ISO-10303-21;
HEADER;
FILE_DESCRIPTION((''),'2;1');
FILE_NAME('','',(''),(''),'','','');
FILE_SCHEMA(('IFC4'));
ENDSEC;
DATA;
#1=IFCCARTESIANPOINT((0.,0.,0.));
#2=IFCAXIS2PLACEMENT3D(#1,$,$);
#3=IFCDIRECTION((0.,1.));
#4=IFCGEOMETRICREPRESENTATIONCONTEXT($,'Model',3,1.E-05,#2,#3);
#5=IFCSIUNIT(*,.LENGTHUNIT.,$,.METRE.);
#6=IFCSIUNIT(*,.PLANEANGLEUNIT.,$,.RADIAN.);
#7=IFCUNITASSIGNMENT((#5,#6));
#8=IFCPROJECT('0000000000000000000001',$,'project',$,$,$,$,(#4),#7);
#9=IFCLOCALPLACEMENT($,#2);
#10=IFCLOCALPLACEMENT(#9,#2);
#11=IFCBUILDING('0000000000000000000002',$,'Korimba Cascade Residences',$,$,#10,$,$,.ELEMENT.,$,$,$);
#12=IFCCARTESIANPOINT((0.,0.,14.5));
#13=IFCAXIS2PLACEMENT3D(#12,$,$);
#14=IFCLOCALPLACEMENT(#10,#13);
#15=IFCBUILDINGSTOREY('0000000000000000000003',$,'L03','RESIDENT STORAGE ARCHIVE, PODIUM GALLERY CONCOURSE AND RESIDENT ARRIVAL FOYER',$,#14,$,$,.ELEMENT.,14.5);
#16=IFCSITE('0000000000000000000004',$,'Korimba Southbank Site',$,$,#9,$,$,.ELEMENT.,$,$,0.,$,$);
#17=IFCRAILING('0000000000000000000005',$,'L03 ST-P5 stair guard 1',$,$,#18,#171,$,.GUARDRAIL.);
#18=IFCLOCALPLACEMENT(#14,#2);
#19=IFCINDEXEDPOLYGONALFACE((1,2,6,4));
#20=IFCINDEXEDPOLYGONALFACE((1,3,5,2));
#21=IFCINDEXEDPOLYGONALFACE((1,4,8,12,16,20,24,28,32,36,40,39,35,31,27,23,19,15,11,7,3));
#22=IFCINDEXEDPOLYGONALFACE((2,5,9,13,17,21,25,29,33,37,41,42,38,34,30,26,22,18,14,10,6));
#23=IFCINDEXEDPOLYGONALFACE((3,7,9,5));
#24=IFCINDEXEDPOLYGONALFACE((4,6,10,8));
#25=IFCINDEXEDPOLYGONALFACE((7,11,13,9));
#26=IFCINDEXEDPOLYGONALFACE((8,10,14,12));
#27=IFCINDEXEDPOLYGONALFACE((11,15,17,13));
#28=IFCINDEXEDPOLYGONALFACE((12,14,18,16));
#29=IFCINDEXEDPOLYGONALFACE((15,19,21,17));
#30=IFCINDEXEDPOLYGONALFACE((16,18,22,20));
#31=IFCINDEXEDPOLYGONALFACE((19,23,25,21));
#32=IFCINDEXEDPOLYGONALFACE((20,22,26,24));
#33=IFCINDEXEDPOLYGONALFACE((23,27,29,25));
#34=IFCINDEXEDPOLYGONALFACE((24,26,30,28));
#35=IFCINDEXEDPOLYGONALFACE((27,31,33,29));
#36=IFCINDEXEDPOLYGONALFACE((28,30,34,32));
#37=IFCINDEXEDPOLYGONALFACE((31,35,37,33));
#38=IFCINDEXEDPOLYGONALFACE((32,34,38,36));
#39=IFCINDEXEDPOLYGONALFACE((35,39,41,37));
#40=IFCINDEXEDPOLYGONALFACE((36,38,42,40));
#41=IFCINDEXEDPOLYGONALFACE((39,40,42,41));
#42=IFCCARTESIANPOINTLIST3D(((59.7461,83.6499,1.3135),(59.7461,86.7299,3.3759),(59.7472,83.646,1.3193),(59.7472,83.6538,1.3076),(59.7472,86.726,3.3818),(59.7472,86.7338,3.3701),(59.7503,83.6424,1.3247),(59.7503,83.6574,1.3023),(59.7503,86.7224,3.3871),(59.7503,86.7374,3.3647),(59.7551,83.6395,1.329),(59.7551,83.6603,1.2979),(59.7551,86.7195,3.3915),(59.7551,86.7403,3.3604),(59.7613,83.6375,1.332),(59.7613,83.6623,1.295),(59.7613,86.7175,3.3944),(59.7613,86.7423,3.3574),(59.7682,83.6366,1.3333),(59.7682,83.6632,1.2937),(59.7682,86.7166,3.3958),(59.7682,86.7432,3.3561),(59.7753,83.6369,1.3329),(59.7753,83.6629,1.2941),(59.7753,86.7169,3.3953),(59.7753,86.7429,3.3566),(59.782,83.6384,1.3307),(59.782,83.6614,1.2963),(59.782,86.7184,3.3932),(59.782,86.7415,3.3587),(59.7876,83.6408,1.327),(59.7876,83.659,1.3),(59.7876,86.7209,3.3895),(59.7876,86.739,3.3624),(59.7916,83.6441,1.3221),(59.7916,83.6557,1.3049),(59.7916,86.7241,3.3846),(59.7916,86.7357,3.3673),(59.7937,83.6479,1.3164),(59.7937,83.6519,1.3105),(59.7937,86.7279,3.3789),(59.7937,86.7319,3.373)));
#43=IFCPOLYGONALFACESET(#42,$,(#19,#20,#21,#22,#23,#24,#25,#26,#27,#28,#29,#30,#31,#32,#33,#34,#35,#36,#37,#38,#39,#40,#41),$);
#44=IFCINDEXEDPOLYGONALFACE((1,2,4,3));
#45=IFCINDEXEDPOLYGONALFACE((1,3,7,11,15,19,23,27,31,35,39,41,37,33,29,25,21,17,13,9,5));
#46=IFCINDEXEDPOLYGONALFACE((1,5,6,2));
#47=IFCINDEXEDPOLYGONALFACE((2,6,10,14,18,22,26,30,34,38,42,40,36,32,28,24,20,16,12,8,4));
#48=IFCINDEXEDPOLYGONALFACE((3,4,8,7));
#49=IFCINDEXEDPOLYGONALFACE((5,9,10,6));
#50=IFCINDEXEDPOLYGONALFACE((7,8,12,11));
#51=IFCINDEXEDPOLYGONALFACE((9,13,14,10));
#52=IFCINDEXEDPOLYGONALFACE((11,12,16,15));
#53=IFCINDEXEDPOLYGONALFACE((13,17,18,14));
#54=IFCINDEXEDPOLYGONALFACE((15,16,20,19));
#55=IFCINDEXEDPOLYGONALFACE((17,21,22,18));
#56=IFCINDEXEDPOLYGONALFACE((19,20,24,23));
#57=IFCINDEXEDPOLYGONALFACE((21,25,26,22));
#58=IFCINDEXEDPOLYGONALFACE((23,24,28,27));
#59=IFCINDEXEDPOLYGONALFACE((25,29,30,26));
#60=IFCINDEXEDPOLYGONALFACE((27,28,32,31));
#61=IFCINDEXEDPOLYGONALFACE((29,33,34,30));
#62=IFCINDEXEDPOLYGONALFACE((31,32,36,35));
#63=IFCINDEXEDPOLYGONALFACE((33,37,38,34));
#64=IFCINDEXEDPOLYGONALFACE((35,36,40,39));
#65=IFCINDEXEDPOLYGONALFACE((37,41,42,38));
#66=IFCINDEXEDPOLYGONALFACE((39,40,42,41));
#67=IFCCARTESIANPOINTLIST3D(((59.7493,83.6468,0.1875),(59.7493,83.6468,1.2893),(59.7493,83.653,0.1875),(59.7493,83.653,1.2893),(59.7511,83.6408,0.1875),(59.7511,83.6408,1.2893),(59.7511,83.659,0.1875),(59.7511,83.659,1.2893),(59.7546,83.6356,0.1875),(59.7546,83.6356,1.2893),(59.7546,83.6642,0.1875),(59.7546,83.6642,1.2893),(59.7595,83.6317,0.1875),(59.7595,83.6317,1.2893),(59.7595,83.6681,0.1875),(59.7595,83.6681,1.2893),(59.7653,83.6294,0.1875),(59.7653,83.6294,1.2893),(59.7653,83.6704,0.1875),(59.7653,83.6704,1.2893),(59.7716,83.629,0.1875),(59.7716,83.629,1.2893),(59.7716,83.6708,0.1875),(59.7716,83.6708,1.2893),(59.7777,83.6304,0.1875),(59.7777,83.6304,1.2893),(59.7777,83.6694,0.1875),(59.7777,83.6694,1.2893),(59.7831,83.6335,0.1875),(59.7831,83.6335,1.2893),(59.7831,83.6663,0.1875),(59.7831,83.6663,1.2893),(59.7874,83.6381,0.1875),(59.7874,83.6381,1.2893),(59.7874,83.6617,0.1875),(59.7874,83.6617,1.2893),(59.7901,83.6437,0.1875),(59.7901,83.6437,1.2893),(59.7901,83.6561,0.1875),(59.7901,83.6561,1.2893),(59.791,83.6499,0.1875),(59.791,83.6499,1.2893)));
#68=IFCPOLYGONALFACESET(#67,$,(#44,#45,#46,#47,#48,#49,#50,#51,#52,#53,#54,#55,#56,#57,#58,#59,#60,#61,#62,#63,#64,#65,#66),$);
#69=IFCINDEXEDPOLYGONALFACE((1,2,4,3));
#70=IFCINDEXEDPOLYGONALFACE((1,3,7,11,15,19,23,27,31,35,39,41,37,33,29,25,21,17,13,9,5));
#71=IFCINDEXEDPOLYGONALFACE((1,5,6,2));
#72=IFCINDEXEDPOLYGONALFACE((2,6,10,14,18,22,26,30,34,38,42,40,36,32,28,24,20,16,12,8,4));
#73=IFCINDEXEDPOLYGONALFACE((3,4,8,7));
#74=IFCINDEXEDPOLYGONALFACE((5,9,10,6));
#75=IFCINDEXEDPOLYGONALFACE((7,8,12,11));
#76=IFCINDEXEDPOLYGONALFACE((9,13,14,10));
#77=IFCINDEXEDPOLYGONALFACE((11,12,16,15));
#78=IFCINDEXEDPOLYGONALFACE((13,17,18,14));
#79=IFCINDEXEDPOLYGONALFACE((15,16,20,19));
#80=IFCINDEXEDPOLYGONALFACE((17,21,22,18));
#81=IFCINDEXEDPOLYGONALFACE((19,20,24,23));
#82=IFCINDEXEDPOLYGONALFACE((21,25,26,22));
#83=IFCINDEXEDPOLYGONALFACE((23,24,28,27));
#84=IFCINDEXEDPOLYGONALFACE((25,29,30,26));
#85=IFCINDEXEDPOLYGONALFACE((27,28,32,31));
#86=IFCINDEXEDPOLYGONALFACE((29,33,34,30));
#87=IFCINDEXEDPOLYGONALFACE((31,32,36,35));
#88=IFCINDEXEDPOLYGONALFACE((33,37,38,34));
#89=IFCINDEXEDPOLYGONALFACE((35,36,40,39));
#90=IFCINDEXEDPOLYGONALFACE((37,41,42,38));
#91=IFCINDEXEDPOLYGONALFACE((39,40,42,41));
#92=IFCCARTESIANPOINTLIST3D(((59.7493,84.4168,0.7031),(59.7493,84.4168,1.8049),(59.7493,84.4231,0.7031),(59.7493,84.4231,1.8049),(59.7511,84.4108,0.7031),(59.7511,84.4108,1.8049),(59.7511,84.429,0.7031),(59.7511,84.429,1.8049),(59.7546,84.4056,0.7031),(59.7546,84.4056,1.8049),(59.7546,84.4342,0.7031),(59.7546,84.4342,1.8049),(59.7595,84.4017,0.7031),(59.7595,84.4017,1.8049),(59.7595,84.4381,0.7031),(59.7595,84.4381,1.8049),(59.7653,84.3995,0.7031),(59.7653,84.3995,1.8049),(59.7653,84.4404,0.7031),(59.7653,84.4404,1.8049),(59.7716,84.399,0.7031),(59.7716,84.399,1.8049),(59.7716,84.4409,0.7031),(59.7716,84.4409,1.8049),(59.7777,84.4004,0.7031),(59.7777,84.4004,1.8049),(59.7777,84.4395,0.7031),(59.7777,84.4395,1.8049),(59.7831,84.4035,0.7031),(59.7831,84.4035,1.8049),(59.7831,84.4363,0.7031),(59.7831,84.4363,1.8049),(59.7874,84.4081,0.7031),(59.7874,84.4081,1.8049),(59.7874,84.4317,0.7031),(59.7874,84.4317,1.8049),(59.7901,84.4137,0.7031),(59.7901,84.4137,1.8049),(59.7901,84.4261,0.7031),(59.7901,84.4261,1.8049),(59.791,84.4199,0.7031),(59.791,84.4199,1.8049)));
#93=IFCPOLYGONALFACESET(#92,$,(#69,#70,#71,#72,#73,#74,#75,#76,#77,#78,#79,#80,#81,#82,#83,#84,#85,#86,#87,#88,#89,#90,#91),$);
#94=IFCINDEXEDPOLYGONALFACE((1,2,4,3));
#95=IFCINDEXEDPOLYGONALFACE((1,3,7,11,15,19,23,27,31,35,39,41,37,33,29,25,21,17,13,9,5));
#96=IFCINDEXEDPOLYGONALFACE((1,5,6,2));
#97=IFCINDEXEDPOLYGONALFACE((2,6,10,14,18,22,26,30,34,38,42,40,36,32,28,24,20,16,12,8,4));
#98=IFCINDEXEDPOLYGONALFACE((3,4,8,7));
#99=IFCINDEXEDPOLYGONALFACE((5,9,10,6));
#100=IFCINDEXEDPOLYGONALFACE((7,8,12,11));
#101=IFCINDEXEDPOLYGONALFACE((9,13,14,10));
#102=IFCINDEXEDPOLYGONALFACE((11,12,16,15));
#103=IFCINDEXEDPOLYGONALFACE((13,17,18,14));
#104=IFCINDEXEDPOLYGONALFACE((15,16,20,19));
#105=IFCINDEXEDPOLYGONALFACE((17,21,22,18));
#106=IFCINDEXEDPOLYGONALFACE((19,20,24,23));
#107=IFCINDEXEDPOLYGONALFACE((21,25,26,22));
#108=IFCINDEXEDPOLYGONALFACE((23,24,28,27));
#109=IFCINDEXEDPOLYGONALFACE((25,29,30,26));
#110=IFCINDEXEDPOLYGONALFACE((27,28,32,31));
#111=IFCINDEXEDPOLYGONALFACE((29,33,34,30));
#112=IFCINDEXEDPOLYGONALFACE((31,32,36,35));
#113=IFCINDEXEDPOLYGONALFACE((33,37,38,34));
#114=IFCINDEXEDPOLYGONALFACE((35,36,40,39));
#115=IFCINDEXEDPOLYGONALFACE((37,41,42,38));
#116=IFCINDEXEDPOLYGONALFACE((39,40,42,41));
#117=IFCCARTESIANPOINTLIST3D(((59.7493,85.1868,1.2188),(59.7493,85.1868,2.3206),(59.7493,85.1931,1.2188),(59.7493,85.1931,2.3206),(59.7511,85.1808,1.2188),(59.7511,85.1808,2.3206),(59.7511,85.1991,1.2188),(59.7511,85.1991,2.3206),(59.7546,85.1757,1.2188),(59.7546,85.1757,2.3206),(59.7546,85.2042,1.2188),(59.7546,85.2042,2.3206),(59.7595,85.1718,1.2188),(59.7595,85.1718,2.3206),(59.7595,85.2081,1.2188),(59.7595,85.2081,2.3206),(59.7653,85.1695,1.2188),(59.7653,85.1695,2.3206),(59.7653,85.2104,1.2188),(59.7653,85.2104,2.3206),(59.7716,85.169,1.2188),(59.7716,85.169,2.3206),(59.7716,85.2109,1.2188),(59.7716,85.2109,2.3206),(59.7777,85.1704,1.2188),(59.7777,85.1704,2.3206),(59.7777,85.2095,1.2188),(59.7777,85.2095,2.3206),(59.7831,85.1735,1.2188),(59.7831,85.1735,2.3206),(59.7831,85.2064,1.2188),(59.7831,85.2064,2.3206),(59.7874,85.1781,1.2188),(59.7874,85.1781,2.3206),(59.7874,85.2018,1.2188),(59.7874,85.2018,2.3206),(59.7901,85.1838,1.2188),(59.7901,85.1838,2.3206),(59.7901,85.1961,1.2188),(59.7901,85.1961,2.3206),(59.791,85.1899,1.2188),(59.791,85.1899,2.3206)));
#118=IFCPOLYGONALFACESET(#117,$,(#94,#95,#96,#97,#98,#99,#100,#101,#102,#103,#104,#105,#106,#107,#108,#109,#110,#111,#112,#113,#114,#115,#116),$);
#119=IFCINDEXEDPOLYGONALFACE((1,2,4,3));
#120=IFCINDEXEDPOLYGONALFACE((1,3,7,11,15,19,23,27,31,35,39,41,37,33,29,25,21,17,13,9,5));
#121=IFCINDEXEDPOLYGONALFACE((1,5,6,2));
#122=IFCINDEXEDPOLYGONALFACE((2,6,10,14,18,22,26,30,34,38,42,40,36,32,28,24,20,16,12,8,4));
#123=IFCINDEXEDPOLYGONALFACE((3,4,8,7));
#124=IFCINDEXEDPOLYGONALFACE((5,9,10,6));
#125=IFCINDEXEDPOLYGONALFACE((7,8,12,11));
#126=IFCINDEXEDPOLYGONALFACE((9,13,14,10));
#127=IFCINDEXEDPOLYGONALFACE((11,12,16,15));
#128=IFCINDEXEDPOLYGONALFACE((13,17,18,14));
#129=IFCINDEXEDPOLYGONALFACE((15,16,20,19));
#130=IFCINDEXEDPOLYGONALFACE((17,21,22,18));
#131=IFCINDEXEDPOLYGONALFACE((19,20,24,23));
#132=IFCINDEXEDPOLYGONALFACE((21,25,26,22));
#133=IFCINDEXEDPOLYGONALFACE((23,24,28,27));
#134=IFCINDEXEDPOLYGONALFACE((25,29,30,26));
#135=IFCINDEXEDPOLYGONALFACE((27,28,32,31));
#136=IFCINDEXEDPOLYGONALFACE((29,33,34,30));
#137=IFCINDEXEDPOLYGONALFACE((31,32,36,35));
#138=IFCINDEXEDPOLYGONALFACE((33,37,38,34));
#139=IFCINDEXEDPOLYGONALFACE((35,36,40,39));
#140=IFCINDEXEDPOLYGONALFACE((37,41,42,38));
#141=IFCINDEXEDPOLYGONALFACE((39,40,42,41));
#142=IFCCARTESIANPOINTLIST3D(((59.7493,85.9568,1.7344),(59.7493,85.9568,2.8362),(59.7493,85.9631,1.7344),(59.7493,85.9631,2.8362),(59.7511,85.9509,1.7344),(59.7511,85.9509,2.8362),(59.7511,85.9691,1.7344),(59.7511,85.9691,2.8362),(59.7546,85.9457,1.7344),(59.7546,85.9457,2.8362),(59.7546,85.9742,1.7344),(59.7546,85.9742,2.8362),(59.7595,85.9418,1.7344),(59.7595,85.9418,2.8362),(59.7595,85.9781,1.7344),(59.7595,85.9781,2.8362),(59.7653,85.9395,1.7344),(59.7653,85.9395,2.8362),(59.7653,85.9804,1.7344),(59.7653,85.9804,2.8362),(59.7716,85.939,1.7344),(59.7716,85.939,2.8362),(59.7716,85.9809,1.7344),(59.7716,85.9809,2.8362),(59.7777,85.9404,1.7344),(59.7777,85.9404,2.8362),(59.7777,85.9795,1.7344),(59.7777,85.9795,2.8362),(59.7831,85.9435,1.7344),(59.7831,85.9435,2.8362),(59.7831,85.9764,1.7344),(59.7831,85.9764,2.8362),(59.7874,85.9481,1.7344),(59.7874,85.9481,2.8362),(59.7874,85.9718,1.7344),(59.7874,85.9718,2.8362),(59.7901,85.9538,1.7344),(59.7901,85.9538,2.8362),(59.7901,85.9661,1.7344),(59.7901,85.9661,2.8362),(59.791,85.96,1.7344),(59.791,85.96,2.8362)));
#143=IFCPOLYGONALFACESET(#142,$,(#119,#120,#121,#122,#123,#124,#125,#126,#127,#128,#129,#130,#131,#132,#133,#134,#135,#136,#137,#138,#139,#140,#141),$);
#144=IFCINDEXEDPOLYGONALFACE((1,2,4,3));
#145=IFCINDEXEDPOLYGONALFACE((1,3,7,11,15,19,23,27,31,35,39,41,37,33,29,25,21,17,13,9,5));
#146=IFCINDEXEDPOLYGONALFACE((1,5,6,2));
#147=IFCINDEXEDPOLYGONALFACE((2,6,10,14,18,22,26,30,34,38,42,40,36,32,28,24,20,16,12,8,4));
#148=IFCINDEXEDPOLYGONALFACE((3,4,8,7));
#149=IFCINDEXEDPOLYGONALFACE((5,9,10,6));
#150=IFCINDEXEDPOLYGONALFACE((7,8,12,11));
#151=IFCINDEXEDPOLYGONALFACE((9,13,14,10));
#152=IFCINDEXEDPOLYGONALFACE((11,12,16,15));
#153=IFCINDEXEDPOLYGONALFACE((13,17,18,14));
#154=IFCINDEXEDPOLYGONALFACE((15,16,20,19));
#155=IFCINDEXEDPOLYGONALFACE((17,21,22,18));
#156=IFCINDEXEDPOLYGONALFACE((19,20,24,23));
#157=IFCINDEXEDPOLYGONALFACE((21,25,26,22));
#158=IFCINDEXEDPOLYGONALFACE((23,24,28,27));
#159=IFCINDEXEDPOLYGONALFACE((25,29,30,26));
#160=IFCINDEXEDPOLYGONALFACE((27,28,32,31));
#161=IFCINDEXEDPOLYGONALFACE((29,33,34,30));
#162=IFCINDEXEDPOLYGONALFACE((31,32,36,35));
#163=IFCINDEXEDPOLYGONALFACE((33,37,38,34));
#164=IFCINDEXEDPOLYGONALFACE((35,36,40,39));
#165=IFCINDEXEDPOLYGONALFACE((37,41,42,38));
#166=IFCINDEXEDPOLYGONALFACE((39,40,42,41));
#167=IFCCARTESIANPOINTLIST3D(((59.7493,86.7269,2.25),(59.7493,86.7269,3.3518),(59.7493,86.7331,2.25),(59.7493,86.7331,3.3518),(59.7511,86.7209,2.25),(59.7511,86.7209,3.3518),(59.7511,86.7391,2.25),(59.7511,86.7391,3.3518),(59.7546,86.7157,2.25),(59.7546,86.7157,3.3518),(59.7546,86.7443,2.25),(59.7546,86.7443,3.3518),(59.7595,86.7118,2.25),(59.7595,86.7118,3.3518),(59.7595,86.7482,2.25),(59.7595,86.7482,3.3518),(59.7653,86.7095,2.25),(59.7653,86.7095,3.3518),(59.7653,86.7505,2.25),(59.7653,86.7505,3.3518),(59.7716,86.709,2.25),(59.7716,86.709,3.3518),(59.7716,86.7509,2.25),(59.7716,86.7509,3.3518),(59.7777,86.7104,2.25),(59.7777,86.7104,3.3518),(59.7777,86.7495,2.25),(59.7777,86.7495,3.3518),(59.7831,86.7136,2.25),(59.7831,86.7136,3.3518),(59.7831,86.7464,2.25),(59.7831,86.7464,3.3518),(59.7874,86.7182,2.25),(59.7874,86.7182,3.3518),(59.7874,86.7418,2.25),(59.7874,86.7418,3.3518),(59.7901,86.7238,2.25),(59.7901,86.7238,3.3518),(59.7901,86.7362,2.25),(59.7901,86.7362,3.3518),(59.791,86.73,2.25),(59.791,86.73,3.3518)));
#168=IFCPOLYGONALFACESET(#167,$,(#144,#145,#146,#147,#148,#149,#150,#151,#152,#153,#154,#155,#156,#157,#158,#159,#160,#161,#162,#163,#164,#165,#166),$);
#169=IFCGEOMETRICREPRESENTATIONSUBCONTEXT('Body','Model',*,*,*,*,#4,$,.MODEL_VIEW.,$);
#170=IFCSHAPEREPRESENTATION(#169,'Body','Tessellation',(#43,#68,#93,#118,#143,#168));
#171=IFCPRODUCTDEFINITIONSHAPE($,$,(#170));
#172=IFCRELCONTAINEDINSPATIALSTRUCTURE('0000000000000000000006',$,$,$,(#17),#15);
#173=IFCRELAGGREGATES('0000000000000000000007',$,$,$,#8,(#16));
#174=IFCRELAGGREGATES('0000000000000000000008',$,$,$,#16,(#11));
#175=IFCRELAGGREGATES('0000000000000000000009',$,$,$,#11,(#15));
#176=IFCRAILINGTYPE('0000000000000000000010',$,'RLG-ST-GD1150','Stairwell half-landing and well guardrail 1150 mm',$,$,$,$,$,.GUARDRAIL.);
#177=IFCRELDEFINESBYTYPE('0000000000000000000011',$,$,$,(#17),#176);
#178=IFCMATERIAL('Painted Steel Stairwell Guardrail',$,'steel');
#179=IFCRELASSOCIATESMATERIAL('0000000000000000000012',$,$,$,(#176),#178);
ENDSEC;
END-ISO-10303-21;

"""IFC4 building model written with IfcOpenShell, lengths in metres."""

from ifc_helpers import new_model, si_unit, direction, frame, origin, origin_2d, place, context, subcontext, project, spatial, circle, extrude, material, type_object, element, save


model = new_model("IFC4")

# Units and contexts
model_context = context("Model", 3, precision=1e-05, world=origin(), true_north=direction((0.0, 1.0)))
body_context = subcontext(model_context, "Body", "Model", "MODEL_VIEW")
ifc_project = project(units=[si_unit("LENGTHUNIT", "METRE"), si_unit("PLANEANGLEUNIT", "RADIAN")], contexts=[model_context])

# Site, building, storey
site_placement = place(None, origin())
site = spatial("IfcSite", under=ifc_project, at=site_placement, Name="Korimba Southbank Site", CompositionType="ELEMENT", RefElevation=0.0)
building_placement = place(site_placement, origin())
building = spatial("IfcBuilding", under=site, at=building_placement, Name="Korimba Cascade Residences", CompositionType="ELEMENT")
storey_placement = place(building_placement, frame((0.0, 0.0, 14.5)))
storey = spatial("IfcBuildingStorey", under=building, at=storey_placement, Name="L03", Description="RESIDENT STORAGE ARCHIVE, PODIUM GALLERY CONCOURSE AND RESIDENT ARRIVAL FOYER", CompositionType="ELEMENT", Elevation=14.5)

# Railing
ifc_material_1 = material(Name="Painted Steel Stairwell Guardrail", Category="steel")
railing_type_1 = type_object("IfcRailingType", Name="RLG-ST-GD1150", Description="Stairwell half-landing and well guardrail 1150 mm", PredefinedType="GUARDRAIL", material=ifc_material_1)
railing_1_placement = place(storey_placement, frame((59.77, 83.6499, 0.1875)))
element("IfcRailing", 1, at=railing_1_placement, inside=storey, type_object=railing_type_1, Name="L03 ST-P5 stair guard 1", PredefinedType="GUARDRAIL", context=body_context, shape_type="SweptSolid", body=[
    extrude(circle(Radius=0.0239, at=origin_2d()), frame((0.0, 0.0, 1.126), z_axis=(0.0, 0.830914, 0.556401), x_axis=(-1.0, 0.0, 0.0)), (0.0, 0.0, 1.0), 3.7068),
    extrude(circle(Radius=0.021, at=origin_2d()), origin(), (0.0, 0.0, 1.0), 1.1018),
    extrude(circle(Radius=0.021, at=origin_2d()), frame((0.0, 0.77, 0.5156)), (0.0, 0.0, 1.0), 1.1018),
    extrude(circle(Radius=0.021, at=origin_2d()), frame((0.0, 1.54, 1.0312)), (0.0, 0.0, 1.0), 1.1018),
    extrude(circle(Radius=0.021, at=origin_2d()), frame((0.0, 2.3101, 1.5469)), (0.0, 0.0, 1.0), 1.1018),
    extrude(circle(Radius=0.021, at=origin_2d()), frame((0.0, 3.0801, 2.0625)), (0.0, 0.0, 1.0), 1.1018),
])

save(model, "model.ifc")
